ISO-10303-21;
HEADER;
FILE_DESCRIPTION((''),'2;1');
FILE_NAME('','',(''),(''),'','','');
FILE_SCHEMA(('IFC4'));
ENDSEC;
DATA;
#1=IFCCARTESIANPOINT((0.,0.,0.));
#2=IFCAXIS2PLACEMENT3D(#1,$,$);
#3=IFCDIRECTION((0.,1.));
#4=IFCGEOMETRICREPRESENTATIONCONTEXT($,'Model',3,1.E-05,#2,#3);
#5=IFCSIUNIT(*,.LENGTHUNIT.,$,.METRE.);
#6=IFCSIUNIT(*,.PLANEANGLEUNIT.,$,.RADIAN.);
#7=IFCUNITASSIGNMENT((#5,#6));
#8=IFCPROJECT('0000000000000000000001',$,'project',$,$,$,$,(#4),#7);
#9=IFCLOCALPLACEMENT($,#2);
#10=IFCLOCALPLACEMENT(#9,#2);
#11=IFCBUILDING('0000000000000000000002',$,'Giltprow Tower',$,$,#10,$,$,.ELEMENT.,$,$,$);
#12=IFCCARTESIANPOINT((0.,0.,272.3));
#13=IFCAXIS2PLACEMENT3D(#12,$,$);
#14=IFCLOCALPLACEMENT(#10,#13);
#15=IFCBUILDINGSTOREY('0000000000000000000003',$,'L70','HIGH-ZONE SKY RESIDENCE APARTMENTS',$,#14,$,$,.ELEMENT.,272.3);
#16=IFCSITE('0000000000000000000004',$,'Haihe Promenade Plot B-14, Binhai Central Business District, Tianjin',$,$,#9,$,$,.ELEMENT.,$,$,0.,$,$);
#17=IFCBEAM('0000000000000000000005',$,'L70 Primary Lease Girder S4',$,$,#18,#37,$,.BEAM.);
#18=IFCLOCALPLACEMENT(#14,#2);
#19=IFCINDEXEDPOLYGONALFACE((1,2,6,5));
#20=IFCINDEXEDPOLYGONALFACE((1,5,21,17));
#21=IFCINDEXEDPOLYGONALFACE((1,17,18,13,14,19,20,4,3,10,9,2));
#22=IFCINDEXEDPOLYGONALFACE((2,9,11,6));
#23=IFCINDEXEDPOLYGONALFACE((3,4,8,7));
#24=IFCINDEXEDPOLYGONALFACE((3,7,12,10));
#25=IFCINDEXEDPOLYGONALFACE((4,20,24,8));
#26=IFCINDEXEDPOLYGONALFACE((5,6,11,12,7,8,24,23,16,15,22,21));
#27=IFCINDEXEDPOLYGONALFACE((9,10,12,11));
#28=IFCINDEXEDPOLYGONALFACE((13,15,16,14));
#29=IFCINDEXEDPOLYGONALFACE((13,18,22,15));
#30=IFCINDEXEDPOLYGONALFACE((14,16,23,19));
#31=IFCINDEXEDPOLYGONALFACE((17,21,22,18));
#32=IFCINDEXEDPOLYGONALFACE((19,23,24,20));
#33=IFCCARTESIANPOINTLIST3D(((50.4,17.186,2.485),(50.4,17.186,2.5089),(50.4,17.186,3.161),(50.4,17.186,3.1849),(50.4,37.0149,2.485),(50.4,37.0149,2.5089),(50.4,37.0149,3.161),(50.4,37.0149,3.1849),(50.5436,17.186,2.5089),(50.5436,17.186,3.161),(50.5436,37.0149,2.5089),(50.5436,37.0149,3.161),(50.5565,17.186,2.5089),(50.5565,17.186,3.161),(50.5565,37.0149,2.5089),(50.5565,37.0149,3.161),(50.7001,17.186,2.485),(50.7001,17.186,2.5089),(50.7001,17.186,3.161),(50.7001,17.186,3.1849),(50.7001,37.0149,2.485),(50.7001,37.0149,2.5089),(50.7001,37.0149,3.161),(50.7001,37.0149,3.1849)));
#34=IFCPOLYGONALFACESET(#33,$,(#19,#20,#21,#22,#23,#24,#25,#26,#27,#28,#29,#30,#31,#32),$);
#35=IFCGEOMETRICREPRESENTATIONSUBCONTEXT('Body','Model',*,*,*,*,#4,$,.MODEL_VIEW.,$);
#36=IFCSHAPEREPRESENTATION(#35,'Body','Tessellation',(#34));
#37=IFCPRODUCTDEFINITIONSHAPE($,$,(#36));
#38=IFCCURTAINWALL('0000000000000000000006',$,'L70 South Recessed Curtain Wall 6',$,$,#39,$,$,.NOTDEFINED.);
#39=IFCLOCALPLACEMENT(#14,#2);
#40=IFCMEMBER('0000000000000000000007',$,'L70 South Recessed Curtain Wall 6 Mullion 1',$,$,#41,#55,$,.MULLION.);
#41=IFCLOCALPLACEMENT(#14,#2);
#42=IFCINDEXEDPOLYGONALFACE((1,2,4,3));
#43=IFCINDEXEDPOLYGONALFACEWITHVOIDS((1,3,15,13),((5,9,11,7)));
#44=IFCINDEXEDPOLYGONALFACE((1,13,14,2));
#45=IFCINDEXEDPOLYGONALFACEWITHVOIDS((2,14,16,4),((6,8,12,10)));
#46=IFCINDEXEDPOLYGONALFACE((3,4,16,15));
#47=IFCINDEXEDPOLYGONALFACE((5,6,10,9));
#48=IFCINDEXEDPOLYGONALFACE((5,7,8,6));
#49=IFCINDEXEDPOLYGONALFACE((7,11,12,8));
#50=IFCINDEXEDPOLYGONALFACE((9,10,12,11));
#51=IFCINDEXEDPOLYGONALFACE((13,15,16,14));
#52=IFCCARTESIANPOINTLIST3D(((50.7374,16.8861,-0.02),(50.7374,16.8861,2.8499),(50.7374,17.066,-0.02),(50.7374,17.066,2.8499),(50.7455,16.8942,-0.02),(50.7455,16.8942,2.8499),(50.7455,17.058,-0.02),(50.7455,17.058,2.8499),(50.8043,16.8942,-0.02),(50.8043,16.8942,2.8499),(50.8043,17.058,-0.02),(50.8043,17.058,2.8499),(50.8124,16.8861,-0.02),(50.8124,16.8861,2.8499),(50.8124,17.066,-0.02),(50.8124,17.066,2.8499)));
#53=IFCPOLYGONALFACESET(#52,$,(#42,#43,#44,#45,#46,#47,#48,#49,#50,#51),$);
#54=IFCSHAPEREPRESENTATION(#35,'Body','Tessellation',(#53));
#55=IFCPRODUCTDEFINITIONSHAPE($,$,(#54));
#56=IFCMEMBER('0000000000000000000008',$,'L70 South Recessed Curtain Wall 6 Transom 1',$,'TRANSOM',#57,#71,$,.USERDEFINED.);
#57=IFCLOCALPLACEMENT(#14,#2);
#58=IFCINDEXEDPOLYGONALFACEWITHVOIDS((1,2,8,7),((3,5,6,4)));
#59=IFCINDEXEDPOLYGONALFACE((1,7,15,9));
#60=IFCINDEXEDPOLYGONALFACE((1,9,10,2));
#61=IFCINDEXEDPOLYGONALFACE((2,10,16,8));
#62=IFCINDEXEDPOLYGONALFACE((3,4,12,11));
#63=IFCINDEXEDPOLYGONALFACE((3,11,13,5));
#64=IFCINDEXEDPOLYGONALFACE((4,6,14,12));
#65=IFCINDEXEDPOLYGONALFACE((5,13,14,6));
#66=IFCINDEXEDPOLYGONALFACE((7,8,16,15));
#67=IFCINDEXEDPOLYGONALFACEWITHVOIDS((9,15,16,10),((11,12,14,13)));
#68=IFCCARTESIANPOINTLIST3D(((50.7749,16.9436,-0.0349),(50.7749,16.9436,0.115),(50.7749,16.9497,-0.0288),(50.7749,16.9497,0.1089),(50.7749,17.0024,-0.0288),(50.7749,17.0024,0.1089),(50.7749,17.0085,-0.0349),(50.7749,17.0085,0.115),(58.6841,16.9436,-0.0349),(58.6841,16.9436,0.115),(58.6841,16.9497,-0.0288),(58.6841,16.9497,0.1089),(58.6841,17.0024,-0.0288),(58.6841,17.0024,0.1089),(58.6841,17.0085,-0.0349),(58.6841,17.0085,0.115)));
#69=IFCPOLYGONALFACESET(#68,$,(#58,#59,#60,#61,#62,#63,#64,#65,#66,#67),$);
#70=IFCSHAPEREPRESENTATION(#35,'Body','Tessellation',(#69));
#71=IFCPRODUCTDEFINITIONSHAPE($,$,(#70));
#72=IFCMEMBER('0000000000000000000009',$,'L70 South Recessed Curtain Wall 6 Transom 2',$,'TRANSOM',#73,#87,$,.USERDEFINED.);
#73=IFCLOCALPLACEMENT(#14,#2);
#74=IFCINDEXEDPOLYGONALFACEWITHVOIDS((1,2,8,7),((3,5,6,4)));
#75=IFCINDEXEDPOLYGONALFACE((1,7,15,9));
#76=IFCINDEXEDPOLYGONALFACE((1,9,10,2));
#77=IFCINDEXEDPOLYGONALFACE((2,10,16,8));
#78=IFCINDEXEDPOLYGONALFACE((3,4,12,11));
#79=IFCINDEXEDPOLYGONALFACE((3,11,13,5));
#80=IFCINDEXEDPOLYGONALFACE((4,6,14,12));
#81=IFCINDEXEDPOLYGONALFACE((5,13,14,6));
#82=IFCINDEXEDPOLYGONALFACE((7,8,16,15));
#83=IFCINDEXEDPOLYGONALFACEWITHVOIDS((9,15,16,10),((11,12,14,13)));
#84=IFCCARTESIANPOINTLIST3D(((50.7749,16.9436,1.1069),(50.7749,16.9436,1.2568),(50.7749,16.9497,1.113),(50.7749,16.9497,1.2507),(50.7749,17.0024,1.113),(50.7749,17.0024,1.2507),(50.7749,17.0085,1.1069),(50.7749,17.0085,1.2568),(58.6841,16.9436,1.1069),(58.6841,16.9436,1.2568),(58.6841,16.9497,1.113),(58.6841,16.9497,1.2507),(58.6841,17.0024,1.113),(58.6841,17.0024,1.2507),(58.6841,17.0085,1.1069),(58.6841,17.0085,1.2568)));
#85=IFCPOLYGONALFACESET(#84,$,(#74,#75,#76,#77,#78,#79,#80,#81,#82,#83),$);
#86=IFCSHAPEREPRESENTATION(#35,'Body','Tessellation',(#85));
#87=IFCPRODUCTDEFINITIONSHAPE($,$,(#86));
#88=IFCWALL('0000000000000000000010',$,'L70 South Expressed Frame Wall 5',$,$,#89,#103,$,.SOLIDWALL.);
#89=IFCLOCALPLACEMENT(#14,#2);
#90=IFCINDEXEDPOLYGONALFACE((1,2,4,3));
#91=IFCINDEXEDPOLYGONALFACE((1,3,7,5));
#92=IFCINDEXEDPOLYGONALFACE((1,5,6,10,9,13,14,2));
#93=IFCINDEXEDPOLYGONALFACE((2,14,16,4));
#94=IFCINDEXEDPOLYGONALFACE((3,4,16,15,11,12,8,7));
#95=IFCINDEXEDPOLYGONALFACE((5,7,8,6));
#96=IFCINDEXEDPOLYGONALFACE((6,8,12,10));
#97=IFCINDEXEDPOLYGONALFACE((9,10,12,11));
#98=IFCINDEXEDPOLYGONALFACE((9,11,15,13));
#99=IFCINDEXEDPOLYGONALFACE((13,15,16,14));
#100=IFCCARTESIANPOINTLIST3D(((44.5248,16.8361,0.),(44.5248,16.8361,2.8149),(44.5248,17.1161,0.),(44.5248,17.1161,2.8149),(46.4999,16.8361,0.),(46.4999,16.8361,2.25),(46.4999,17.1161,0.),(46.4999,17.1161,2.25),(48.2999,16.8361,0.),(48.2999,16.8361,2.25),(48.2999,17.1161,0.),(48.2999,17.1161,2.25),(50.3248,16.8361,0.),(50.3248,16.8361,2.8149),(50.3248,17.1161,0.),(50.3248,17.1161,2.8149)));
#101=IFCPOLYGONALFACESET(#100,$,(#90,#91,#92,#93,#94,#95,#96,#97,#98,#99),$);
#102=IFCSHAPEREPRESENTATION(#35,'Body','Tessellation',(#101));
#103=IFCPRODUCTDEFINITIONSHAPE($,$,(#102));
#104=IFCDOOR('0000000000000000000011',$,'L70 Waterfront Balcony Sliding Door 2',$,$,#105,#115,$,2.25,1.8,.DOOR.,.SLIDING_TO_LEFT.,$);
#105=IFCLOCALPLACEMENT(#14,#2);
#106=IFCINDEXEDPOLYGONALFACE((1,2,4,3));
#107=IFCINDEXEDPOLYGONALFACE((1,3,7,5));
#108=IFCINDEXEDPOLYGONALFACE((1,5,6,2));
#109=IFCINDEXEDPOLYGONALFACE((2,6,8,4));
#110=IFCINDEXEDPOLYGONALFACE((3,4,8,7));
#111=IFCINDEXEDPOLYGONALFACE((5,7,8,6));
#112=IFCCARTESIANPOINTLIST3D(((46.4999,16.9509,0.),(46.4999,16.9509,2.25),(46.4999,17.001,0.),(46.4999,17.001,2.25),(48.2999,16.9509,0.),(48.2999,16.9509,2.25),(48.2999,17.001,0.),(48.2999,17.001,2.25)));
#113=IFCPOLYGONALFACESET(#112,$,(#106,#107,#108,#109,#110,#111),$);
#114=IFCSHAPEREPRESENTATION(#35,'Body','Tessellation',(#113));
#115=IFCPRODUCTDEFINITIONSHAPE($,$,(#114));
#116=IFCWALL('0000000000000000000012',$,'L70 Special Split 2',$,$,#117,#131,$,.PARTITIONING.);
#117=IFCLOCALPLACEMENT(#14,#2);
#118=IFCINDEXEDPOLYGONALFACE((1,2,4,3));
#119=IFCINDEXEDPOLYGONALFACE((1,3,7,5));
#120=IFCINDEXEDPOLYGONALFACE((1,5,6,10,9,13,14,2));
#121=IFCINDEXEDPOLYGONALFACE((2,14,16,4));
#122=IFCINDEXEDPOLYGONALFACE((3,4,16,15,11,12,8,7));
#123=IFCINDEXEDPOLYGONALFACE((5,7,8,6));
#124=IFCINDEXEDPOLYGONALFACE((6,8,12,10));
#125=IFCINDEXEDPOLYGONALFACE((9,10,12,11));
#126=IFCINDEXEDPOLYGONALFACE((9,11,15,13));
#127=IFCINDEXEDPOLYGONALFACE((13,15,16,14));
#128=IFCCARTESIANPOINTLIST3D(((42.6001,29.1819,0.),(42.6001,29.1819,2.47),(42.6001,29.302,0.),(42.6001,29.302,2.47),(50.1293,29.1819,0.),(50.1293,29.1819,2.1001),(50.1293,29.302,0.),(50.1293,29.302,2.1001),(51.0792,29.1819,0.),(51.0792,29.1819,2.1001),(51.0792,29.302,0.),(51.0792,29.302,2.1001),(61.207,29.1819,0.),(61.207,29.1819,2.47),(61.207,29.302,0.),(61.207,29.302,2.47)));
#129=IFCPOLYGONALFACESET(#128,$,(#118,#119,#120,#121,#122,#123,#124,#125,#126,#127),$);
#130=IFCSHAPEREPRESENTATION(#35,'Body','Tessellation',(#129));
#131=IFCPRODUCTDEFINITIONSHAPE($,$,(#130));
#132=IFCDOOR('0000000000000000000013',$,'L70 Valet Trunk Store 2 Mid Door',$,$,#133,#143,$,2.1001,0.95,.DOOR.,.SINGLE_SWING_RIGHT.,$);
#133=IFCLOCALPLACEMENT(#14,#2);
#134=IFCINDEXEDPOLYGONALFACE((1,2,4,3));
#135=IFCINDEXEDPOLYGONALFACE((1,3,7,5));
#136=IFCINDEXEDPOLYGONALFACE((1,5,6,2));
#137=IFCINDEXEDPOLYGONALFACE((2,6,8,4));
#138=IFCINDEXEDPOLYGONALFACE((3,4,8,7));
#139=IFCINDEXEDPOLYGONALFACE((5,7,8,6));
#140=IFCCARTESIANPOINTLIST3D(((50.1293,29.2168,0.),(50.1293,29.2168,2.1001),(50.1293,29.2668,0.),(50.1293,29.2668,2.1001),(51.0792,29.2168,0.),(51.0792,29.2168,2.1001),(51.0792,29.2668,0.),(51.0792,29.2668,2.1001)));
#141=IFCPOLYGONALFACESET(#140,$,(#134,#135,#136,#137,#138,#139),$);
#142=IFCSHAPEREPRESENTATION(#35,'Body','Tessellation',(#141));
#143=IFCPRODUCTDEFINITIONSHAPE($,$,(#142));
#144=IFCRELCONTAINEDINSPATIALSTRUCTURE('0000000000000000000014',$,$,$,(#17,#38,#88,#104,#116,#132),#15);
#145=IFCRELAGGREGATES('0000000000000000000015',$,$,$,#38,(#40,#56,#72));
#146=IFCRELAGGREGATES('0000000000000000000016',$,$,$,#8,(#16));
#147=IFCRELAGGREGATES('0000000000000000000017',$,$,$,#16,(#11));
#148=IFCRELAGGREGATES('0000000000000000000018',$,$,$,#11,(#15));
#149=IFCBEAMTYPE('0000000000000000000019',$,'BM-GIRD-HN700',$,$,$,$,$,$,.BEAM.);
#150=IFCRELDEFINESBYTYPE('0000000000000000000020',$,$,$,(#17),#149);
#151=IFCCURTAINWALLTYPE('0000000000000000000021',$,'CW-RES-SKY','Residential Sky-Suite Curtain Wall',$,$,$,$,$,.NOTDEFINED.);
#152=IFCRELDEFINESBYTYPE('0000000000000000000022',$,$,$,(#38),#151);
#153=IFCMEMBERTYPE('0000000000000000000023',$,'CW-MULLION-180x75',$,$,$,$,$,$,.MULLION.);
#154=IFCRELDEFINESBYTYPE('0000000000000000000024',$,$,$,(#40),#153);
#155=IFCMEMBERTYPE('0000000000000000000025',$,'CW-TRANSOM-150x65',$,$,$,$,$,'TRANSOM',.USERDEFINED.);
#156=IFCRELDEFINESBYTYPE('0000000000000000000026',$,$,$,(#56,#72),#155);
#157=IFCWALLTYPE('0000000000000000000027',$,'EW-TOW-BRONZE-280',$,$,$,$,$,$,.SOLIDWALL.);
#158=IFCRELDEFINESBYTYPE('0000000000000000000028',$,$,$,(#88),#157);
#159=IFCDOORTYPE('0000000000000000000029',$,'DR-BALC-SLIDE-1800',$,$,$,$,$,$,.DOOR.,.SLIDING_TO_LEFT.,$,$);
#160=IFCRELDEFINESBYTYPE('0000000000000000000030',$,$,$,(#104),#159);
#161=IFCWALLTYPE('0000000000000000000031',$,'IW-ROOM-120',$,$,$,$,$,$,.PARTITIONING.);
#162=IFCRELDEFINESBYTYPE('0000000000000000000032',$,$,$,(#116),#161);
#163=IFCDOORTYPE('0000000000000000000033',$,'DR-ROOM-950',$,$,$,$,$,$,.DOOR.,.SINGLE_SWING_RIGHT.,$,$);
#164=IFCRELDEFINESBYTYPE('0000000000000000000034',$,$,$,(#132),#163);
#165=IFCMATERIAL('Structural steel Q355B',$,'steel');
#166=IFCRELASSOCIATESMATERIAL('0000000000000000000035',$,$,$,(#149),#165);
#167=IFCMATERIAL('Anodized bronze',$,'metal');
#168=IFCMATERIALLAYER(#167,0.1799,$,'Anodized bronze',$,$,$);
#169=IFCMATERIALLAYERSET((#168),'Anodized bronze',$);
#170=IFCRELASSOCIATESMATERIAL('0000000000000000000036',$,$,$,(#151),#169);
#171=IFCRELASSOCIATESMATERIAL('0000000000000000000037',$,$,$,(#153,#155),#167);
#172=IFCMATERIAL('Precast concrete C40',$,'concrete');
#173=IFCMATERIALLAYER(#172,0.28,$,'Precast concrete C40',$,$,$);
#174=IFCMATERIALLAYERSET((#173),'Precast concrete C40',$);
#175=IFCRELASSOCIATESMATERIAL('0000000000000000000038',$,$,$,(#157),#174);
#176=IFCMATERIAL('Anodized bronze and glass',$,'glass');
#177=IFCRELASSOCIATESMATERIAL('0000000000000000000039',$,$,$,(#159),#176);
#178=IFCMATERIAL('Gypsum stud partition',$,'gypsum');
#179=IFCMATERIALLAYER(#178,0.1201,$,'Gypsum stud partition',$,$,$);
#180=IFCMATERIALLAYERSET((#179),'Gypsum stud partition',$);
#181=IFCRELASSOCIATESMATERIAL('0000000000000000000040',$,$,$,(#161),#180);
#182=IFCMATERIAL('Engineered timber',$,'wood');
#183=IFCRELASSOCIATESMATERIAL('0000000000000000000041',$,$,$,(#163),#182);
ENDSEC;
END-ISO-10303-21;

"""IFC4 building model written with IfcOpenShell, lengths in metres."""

from ifc_helpers import new_model, si_unit, direction, frame, frame_2d, origin, origin_2d, place, context, subcontext, project, spatial, rectangle, hollow_rectangle, i_section, extrude, source, transform, mapped, material, layer, layer_set, material_profile, profile_set, type_object, element, fill, aggregate, save


model = new_model("IFC4")

# Units and contexts
model_context = context("Model", 3, precision=1e-05, world=origin(), true_north=direction((0.0, 1.0)))
body_context = subcontext(model_context, "Body", "Model", "MODEL_VIEW")
ifc_project = project(units=[si_unit("LENGTHUNIT", "METRE"), si_unit("PLANEANGLEUNIT", "RADIAN")], contexts=[model_context])

# Site, building, storey
site_placement = place(None, origin())
site = spatial("IfcSite", under=ifc_project, at=site_placement, Name="Haihe Promenade Plot B-14, Binhai Central Business District, Tianjin", CompositionType="ELEMENT", RefElevation=0.0)
building_placement = place(site_placement, origin())
building = spatial("IfcBuilding", under=site, at=building_placement, Name="Giltprow Tower", CompositionType="ELEMENT")
storey_placement = place(building_placement, frame((0.0, 0.0, 272.3)))
storey = spatial("IfcBuildingStorey", under=building, at=storey_placement, Name="L70", Description="HIGH-ZONE SKY RESIDENCE APARTMENTS", CompositionType="ELEMENT", Elevation=272.3)

# Shared definitions
ifc_material_1 = material(Name="Structural steel Q355B", Category="steel")

# Beam
ifc_material_profile_1 = material_profile(ifc_material_1, i_section(OverallWidth=0.3, OverallDepth=0.7, WebThickness=0.0129, FlangeThickness=0.0239, at=origin_2d()), Name="HN 700x300x13x24")
ifc_profile_set_1 = profile_set([ifc_material_profile_1], Name="Structural steel Q355B")
beam_type_1 = type_object("IfcBeamType", Name="BM-GIRD-HN700", PredefinedType="BEAM", material=ifc_profile_set_1)
shared_shape_1 = source(origin(), body_context, "Body", "SweptSolid", [
    extrude(i_section(OverallWidth=0.3, OverallDepth=0.7, WebThickness=0.0129, FlangeThickness=0.0239, at=origin_2d()), origin(), (0.0, 0.0, 1.0), 19.8289),
])
for number, where, z_axis, x_axis, name in (
    (1, (50.55, 17.186, 2.835), (0.0, 1.0, 0.0), (-1.0, 0.0, 0.0), "L70 Primary Lease Girder S4"),
):
    element("IfcBeam", number, at=place(storey_placement, frame(where, z_axis=z_axis, x_axis=x_axis)), inside=storey, type_object=beam_type_1, Name=name, PredefinedType="BEAM", context=body_context, shape_type="MappedRepresentation", body=[
        mapped(shared_shape_1, transform((0.0, 0.0, 0.0), x_axis=(1.0, 0.0, 0.0), y_axis=(0.0, 1.0, 0.0), z_axis=(0.0, 0.0, 1.0), scale=1.0)),
    ])

# Curtain wall, members
ifc_material_2 = material(Name="Anodized bronze", Category="metal")
ifc_layer_1 = layer(ifc_material_2, 0.1799, Name="Anodized bronze")
ifc_layer_set_1 = layer_set([ifc_layer_1], Name="Anodized bronze")
curtain_wall_type = type_object("IfcCurtainWallType", Name="CW-RES-SKY", Description="Residential Sky-Suite Curtain Wall", PredefinedType="NOTDEFINED", material=ifc_layer_set_1)
curtain_wall_placement = place(storey_placement, origin())
curtain_wall = element("IfcCurtainWall", 2, at=curtain_wall_placement, inside=storey, type_object=curtain_wall_type, Name="L70 South Recessed Curtain Wall 6", PredefinedType="NOTDEFINED")
ifc_material_profile_2 = material_profile(ifc_material_2, hollow_rectangle(XDim=0.075, YDim=0.1799, WallThickness=0.0081, at=origin_2d()), Name="RHS 180x75x8")
ifc_profile_set_2 = profile_set([ifc_material_profile_2], Name="Anodized bronze")
member_type_1 = type_object("IfcMemberType", Name="CW-MULLION-180x75", PredefinedType="MULLION", material=ifc_profile_set_2)
shared_shape_2 = source(origin(), body_context, "Body", "SweptSolid", [
    extrude(hollow_rectangle(XDim=0.075, YDim=0.1799, WallThickness=0.0081, at=origin_2d()), origin(), (0.0, 0.0, 1.0), 2.8699),
])
member_1_placement = place(storey_placement, frame((50.7749, 16.9761, -0.02), z_axis=(0.0, 0.0, 1.0), x_axis=(1.0, 0.0, 0.0)))
member_1 = element("IfcMember", 3, at=member_1_placement, type_object=member_type_1, Name="L70 South Recessed Curtain Wall 6 Mullion 1", PredefinedType="MULLION", context=body_context, shape_type="MappedRepresentation", body=[
    mapped(shared_shape_2, transform((0.0, 0.0, 0.0), x_axis=(1.0, 0.0, 0.0), y_axis=(0.0, 1.0, 0.0), z_axis=(0.0, 0.0, 1.0), scale=1.0)),
])
ifc_material_profile_3 = material_profile(ifc_material_2, hollow_rectangle(XDim=0.0649, YDim=0.1499, WallThickness=0.0061, at=origin_2d()), Name="RHS 150x65x6")
ifc_profile_set_3 = profile_set([ifc_material_profile_3], Name="Anodized bronze")
member_type_2 = type_object("IfcMemberType", Name="CW-TRANSOM-150x65", ElementType="TRANSOM", PredefinedType="USERDEFINED", material=ifc_profile_set_3)
shared_shape_3 = source(origin(), body_context, "Body", "SweptSolid", [
    extrude(hollow_rectangle(XDim=0.0649, YDim=0.1499, WallThickness=0.0061, at=origin_2d()), origin(), (0.0, 0.0, 1.0), 7.9092),
])
member_2_placement = place(storey_placement, frame((50.7749, 16.9761, 0.04), z_axis=(1.0, 0.0, 0.0), x_axis=(0.0, 1.0, 0.0)))
member_2 = element("IfcMember", 4, at=member_2_placement, type_object=member_type_2, Name="L70 South Recessed Curtain Wall 6 Transom 1", ObjectType="TRANSOM", PredefinedType="USERDEFINED", context=body_context, shape_type="MappedRepresentation", body=[
    mapped(shared_shape_3, transform((0.0, 0.0, 0.0), x_axis=(1.0, 0.0, 0.0), y_axis=(0.0, 1.0, 0.0), z_axis=(0.0, 0.0, 1.0), scale=1.0)),
])
member_3_placement = place(storey_placement, frame((50.7749, 16.9761, 1.1819), z_axis=(1.0, 0.0, 0.0), x_axis=(0.0, 1.0, 0.0)))
member_3 = element("IfcMember", 5, at=member_3_placement, type_object=member_type_2, Name="L70 South Recessed Curtain Wall 6 Transom 2", ObjectType="TRANSOM", PredefinedType="USERDEFINED", context=body_context, shape_type="MappedRepresentation", body=[
    mapped(shared_shape_3, transform((0.0, 0.0, 0.0), x_axis=(1.0, 0.0, 0.0), y_axis=(0.0, 1.0, 0.0), z_axis=(0.0, 0.0, 1.0), scale=1.0)),
])
aggregate(curtain_wall, [member_1, member_2, member_3])

# Walls, openings, doors
ifc_material_3 = material(Name="Precast concrete C40", Category="concrete")
ifc_layer_2 = layer(ifc_material_3, 0.28, Name="Precast concrete C40")
ifc_layer_set_2 = layer_set([ifc_layer_2], Name="Precast concrete C40")
wall_type_1 = type_object("IfcWallType", Name="EW-TOW-BRONZE-280", PredefinedType="SOLIDWALL", material=ifc_layer_set_2)
wall_1_placement = place(storey_placement, frame((44.5249, 16.9761, 0.0), z_axis=(0.0, 0.0, 1.0), x_axis=(1.0, 0.0, 0.0)))
wall_1 = element("IfcWall", 6, at=wall_1_placement, inside=storey, type_object=wall_type_1, Name="L70 South Expressed Frame Wall 5", PredefinedType="SOLIDWALL", context=body_context, shape_type="SweptSolid", body=[
    extrude(rectangle(XDim=5.8, YDim=0.28, at=frame_2d((2.8999, 0.0))), origin(), (0.0, 0.0, 1.0), 2.8149),
])
opening_1_placement = place(wall_1_placement, frame((1.9751, 0.0, 0.0)))
opening_1 = element("IfcOpeningElement", 7, at=opening_1_placement, cuts=wall_1, PredefinedType="OPENING", context=body_context, shape_type="SweptSolid", body=[
    extrude(rectangle(XDim=1.8, YDim=2.25, at=frame_2d((0.8999, 1.125))), frame((0.0, 0.1499, 0.0), z_axis=(0.0, -1.0, 0.0), x_axis=(1.0, 0.0, 0.0)), (0.0, 0.0, 1.0), 0.3),
])
ifc_material_4 = material(Name="Anodized bronze and glass", Category="glass")
door_type_1 = type_object("IfcDoorType", Name="DR-BALC-SLIDE-1800", OperationType="SLIDING_TO_LEFT", PredefinedType="DOOR", material=ifc_material_4)
shared_shape_4 = source(origin(), body_context, "Body", "SweptSolid", [
    extrude(rectangle(XDim=1.8, YDim=2.25, at=frame_2d((0.8999, 1.125))), frame((0.0, 0.0249, 0.0), z_axis=(0.0, -1.0, 0.0), x_axis=(1.0, 0.0, 0.0)), (0.0, 0.0, 1.0), 0.05),
])
door_1_placement = place(opening_1_placement, origin())
door_1 = element("IfcDoor", 8, at=door_1_placement, inside=storey, type_object=door_type_1, Name="L70 Waterfront Balcony Sliding Door 2", OperationType="SLIDING_TO_LEFT", OverallHeight=2.25, OverallWidth=1.8, PredefinedType="DOOR", context=body_context, shape_type="MappedRepresentation", body=[
    mapped(shared_shape_4, transform((0.0, 0.0, 0.0), x_axis=(1.0, 0.0, 0.0), y_axis=(0.0, 1.0, 0.0), z_axis=(0.0, 0.0, 1.0), scale=1.0)),
])
fill(opening_1, door_1)
ifc_material_5 = material(Name="Gypsum stud partition", Category="gypsum")
ifc_layer_3 = layer(ifc_material_5, 0.1201, Name="Gypsum stud partition")
ifc_layer_set_3 = layer_set([ifc_layer_3], Name="Gypsum stud partition")
wall_type_2 = type_object("IfcWallType", Name="IW-ROOM-120", PredefinedType="PARTITIONING", material=ifc_layer_set_3)
wall_2_placement = place(storey_placement, frame((42.6001, 29.2419, 0.0), z_axis=(0.0, 0.0, 1.0), x_axis=(1.0, 0.0, 0.0)))
wall_2 = element("IfcWall", 9, at=wall_2_placement, inside=storey, type_object=wall_type_2, Name="L70 Special Split 2", PredefinedType="PARTITIONING", context=body_context, shape_type="SweptSolid", body=[
    extrude(rectangle(XDim=18.6069, YDim=0.1201, at=frame_2d((9.3035, 0.0))), origin(), (0.0, 0.0, 1.0), 2.47),
])
opening_2_placement = place(wall_2_placement, frame((7.5291, 0.0, 0.0)))
opening_2 = element("IfcOpeningElement", 10, at=opening_2_placement, cuts=wall_2, PredefinedType="OPENING", context=body_context, shape_type="SweptSolid", body=[
    extrude(rectangle(XDim=0.95, YDim=2.1001, at=frame_2d((0.4751, 1.05))), frame((0.0, 0.0701, 0.0), z_axis=(0.0, -1.0, 0.0), x_axis=(1.0, 0.0, 0.0)), (0.0, 0.0, 1.0), 0.1401),
])
ifc_material_6 = material(Name="Engineered timber", Category="wood")
door_type_2 = type_object("IfcDoorType", Name="DR-ROOM-950", OperationType="SINGLE_SWING_RIGHT", PredefinedType="DOOR", material=ifc_material_6)
shared_shape_5 = source(origin(), body_context, "Body", "SweptSolid", [
    extrude(rectangle(XDim=0.95, YDim=2.1001, at=frame_2d((0.4751, 1.05))), frame((0.0, 0.0249, 0.0), z_axis=(0.0, -1.0, 0.0), x_axis=(1.0, 0.0, 0.0)), (0.0, 0.0, 1.0), 0.05),
])
door_2_placement = place(opening_2_placement, origin())
door_2 = element("IfcDoor", 11, at=door_2_placement, inside=storey, type_object=door_type_2, Name="L70 Valet Trunk Store 2 Mid Door", OperationType="SINGLE_SWING_RIGHT", OverallHeight=2.1001, OverallWidth=0.95, PredefinedType="DOOR", context=body_context, shape_type="MappedRepresentation", body=[
    mapped(shared_shape_5, transform((0.0, 0.0, 0.0), x_axis=(1.0, 0.0, 0.0), y_axis=(0.0, 1.0, 0.0), z_axis=(0.0, 0.0, 1.0), scale=1.0)),
])
fill(opening_2, door_2)

save(model, "model.ifc")
